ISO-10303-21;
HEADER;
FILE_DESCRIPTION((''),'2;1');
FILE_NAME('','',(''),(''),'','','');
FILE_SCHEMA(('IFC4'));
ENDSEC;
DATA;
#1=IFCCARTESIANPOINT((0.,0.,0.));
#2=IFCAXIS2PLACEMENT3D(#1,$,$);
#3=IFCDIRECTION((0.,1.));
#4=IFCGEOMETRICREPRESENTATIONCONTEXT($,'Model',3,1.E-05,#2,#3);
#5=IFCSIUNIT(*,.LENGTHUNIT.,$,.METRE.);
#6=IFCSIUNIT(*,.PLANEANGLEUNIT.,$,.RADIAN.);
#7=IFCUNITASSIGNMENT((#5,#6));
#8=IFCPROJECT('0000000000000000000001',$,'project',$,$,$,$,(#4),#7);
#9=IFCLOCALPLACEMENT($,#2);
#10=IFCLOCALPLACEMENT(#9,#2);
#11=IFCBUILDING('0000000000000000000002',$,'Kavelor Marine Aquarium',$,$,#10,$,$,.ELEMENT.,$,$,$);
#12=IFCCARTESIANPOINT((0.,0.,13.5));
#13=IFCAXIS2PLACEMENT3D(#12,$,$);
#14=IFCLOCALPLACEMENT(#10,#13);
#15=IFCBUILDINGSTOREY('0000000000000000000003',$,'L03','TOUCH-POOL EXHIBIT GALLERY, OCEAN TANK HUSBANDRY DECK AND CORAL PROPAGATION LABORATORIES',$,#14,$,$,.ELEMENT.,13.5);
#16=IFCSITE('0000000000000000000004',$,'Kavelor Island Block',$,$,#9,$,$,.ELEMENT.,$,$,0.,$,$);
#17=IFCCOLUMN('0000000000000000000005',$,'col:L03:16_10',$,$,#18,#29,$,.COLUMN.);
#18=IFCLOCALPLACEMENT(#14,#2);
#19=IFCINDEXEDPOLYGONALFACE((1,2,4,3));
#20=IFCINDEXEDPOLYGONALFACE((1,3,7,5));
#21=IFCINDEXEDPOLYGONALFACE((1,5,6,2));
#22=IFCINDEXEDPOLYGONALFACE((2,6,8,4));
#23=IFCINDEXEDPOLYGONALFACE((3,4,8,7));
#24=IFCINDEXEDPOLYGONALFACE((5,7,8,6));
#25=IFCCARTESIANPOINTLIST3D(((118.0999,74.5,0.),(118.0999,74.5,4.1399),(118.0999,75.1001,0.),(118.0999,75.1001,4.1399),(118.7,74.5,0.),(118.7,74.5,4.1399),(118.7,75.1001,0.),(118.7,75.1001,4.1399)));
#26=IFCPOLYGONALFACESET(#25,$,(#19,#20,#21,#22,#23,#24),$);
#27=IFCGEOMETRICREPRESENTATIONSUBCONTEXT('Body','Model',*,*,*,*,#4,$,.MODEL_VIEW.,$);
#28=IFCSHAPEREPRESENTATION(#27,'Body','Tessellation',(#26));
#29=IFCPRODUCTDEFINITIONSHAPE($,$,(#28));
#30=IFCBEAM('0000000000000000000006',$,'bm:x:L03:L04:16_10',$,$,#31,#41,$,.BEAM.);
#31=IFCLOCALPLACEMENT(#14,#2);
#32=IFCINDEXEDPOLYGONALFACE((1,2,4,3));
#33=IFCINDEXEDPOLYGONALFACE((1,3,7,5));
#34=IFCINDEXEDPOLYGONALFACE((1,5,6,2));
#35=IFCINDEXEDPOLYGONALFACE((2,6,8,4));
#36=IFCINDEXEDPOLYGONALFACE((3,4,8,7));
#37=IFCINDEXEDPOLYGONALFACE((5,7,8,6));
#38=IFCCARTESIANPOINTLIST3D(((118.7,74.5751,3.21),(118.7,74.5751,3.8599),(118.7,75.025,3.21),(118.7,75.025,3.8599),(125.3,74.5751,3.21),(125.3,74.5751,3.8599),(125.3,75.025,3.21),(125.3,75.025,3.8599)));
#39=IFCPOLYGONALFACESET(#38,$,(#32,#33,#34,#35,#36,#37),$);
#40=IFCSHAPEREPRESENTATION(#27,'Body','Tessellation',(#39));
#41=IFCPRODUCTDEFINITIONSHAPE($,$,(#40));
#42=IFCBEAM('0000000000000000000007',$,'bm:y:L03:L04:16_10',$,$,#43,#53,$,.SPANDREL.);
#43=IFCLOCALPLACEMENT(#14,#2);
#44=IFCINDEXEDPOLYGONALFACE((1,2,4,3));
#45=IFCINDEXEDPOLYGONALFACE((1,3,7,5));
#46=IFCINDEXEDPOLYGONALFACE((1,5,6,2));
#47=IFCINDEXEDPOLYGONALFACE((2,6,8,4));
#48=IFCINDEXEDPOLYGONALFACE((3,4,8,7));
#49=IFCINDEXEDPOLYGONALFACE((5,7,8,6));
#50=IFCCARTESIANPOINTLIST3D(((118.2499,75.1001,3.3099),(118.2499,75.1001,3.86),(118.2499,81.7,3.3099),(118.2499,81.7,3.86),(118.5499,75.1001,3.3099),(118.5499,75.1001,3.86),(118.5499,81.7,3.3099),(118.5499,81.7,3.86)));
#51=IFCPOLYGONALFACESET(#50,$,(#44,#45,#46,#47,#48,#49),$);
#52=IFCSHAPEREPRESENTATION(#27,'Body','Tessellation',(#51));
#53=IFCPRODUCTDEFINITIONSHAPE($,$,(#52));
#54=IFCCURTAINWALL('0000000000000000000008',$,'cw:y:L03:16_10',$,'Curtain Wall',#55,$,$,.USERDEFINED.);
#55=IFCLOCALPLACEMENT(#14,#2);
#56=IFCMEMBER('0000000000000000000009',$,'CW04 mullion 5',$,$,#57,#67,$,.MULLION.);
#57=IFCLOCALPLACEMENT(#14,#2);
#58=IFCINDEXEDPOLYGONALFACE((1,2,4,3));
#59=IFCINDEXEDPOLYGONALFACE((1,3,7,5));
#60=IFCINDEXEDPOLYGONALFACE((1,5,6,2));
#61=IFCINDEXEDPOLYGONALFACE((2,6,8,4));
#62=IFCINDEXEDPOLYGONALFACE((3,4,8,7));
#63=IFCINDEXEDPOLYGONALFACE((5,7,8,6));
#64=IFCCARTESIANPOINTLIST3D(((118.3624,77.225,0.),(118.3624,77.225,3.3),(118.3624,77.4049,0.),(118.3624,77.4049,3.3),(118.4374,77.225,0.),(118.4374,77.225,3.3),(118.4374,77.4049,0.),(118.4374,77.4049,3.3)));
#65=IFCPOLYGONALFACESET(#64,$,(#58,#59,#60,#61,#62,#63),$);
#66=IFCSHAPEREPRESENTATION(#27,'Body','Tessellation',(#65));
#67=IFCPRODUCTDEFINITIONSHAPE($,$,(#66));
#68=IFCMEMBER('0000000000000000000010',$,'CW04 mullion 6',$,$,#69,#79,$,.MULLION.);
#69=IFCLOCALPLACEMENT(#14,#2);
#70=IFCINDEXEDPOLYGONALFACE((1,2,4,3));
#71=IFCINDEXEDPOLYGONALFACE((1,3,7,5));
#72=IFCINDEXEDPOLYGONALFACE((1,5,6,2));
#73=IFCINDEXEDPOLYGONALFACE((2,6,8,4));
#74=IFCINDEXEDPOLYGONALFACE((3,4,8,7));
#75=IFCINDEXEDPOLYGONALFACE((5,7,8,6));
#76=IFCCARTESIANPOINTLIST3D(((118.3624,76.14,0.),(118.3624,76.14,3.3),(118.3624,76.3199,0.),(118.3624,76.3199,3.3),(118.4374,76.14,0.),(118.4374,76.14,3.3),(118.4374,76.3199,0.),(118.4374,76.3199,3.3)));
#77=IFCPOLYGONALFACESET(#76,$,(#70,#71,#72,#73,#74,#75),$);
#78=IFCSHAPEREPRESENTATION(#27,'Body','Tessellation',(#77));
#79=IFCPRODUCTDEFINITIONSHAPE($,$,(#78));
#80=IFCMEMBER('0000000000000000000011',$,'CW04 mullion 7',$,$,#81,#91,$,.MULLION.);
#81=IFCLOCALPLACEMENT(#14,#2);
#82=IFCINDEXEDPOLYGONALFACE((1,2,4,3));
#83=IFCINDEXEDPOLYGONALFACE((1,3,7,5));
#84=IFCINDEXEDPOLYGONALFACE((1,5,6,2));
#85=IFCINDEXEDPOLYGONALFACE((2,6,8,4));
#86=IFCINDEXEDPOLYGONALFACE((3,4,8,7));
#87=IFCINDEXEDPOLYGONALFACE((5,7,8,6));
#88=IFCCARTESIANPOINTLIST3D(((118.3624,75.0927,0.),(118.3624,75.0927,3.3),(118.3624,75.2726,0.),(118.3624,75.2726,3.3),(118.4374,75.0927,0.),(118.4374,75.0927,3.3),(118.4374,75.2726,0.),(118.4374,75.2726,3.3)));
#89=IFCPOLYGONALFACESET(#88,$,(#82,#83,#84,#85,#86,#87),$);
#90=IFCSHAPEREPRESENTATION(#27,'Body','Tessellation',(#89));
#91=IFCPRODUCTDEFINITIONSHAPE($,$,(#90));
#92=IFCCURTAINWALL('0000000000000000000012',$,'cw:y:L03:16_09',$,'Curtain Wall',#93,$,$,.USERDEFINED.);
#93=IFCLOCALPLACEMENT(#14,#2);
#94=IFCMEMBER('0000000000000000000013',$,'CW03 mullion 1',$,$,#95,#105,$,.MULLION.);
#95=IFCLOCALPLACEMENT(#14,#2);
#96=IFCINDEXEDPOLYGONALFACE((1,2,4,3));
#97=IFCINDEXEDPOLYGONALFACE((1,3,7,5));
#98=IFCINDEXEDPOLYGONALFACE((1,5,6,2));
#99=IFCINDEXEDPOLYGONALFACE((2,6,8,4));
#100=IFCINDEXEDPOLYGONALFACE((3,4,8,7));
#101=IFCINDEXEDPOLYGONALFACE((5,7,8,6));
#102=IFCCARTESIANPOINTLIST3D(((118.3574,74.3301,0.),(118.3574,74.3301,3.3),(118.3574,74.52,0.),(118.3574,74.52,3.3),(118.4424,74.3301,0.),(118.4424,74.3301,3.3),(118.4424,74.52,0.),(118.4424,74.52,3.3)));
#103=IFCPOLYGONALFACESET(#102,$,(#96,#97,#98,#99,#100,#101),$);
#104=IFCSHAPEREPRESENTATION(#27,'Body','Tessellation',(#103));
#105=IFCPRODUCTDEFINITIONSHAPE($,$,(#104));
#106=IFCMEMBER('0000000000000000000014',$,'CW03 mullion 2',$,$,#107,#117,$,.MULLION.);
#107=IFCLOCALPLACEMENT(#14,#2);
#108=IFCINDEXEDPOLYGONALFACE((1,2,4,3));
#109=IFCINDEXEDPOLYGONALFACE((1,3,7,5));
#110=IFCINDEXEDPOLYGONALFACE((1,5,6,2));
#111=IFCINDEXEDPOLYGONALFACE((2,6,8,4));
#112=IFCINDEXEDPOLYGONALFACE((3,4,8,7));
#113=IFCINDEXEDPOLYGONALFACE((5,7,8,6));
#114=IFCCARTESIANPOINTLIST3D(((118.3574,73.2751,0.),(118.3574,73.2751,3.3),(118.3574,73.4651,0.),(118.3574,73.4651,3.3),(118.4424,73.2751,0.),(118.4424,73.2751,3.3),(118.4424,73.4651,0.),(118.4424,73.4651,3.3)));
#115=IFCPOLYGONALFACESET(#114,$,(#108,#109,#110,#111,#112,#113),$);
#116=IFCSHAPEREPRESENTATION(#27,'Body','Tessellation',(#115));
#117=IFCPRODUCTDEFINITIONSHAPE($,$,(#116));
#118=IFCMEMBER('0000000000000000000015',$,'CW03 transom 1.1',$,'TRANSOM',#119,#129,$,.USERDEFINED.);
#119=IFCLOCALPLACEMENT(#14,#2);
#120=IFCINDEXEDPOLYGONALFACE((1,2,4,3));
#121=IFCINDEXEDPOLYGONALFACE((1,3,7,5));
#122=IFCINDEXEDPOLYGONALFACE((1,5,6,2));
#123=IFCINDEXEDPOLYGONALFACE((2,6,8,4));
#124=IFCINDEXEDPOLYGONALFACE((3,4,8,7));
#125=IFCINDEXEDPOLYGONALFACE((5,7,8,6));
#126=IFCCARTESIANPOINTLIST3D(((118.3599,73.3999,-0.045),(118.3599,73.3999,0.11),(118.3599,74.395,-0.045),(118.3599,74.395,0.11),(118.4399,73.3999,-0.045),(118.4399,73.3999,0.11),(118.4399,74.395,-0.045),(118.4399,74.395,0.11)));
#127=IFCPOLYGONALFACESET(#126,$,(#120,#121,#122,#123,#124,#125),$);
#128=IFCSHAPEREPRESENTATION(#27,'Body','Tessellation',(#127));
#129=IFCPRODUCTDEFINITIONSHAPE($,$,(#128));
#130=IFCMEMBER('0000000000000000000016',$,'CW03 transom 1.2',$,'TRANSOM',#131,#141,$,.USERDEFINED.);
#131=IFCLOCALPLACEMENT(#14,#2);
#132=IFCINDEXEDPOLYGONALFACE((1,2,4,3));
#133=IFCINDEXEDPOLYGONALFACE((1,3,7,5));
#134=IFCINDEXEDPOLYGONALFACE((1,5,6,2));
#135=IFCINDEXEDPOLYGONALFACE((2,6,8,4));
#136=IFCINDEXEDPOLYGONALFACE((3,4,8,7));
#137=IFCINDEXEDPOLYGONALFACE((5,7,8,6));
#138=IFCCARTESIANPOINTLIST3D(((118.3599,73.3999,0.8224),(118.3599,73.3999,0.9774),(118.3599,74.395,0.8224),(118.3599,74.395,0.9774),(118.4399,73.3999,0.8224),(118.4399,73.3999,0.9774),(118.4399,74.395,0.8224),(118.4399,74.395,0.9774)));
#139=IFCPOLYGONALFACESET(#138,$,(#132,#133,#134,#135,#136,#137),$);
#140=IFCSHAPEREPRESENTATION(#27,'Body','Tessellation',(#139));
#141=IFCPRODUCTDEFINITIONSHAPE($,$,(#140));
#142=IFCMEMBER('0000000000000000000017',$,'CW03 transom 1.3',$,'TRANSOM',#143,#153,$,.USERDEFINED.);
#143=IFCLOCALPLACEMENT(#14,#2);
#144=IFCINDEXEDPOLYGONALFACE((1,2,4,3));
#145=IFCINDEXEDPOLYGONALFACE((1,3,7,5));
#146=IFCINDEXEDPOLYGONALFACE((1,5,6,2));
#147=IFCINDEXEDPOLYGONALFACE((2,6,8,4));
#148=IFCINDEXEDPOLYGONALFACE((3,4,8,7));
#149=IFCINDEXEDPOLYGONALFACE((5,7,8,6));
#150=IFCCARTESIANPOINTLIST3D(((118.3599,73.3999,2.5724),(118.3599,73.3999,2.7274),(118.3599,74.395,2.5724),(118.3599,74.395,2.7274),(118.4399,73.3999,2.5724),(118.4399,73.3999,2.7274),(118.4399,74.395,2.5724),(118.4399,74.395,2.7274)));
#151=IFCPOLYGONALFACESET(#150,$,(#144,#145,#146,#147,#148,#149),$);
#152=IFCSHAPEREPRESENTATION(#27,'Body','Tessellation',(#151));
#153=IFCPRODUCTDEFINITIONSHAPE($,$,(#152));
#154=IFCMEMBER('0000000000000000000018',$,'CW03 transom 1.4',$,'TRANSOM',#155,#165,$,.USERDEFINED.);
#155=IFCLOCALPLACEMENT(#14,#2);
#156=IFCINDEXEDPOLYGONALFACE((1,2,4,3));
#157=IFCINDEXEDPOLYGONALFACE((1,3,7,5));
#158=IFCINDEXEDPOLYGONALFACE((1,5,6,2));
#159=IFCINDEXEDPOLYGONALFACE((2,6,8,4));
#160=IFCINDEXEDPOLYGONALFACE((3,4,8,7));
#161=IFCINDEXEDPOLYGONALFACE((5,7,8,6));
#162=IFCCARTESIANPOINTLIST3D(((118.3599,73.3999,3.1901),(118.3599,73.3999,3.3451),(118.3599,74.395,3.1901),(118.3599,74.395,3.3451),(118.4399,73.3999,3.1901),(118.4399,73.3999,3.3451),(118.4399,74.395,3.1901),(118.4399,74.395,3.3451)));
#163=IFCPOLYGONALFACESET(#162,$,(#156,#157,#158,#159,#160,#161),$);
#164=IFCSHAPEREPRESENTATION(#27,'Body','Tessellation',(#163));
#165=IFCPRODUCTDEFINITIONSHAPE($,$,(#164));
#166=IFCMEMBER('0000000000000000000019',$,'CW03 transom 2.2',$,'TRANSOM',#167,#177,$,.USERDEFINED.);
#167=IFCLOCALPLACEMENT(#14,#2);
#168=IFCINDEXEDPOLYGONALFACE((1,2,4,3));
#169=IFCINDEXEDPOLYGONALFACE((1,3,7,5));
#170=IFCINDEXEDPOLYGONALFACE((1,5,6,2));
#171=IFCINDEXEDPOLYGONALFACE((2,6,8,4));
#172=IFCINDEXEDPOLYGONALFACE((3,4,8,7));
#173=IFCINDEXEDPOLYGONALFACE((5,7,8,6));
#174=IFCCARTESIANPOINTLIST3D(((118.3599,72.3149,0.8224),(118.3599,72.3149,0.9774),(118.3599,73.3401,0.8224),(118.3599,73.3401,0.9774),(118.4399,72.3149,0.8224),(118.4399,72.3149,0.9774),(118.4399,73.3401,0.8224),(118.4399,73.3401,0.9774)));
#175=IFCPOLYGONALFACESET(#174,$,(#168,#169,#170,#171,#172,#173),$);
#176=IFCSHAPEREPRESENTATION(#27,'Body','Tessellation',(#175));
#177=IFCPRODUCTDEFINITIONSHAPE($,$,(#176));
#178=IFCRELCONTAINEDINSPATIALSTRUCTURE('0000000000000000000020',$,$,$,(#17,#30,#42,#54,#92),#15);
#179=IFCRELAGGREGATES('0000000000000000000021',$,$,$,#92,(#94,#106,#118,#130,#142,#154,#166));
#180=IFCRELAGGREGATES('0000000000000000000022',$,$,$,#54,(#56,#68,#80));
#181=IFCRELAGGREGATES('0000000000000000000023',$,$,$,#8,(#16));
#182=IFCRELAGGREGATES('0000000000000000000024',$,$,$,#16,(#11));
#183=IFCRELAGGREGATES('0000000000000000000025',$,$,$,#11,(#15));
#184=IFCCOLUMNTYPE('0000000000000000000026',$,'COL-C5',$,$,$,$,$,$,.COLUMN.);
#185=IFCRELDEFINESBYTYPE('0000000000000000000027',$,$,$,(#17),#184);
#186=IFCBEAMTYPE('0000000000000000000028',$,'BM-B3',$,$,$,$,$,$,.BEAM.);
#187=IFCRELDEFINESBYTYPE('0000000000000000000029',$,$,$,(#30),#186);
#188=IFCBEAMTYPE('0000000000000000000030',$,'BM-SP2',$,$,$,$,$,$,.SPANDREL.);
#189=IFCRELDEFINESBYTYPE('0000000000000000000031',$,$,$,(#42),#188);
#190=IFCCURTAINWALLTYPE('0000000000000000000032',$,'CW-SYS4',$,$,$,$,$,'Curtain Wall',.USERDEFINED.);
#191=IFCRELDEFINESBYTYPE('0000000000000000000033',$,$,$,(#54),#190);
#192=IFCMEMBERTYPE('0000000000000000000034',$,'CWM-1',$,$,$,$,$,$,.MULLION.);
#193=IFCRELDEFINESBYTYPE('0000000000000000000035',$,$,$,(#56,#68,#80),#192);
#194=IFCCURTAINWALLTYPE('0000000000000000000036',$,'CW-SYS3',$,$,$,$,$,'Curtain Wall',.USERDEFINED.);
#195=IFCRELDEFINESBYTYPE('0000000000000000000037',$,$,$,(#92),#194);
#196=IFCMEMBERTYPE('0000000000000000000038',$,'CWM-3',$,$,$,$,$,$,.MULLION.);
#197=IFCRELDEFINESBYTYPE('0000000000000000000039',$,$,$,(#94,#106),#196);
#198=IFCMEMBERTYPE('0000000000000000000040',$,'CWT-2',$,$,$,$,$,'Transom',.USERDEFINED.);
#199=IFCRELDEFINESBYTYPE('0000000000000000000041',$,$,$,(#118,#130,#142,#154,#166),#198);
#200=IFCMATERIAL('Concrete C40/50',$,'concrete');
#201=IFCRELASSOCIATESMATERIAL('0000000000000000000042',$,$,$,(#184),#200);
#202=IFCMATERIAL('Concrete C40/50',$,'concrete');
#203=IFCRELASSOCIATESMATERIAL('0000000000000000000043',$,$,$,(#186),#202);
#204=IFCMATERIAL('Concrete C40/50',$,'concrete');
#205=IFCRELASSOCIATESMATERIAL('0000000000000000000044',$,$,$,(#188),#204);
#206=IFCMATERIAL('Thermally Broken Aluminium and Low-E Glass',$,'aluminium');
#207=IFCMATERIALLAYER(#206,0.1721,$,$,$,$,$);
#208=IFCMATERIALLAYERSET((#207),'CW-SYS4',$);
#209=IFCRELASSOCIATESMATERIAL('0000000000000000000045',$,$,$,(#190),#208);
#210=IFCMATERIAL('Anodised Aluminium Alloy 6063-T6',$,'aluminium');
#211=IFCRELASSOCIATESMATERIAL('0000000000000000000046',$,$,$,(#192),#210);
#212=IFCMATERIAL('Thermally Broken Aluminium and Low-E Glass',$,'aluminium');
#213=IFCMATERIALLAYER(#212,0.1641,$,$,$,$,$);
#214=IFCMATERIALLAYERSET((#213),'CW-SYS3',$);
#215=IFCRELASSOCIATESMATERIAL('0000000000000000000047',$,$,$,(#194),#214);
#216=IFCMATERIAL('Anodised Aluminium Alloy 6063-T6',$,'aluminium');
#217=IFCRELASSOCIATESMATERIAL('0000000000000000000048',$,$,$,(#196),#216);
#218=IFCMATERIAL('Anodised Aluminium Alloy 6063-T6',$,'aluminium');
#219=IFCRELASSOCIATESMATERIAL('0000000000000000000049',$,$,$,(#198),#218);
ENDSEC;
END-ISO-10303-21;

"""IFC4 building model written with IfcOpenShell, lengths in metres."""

from ifc_helpers import new_model, si_unit, direction, frame, origin, origin_2d, place, context, subcontext, project, spatial, rectangle, extrude, material, layer, layer_set, material_profile, profile_set, type_object, element, aggregate, save


model = new_model("IFC4")

# Units and contexts
model_context = context("Model", 3, precision=1e-05, world=origin(), true_north=direction((0.0, 1.0)))
body_context = subcontext(model_context, "Body", "Model", "MODEL_VIEW")
ifc_project = project(units=[si_unit("LENGTHUNIT", "METRE"), si_unit("PLANEANGLEUNIT", "RADIAN")], contexts=[model_context])

# Site, building, storey
site_placement = place(None, origin())
site = spatial("IfcSite", under=ifc_project, at=site_placement, Name="Kavelor Island Block", CompositionType="ELEMENT", RefElevation=0.0)
building_placement = place(site_placement, origin())
building = spatial("IfcBuilding", under=site, at=building_placement, Name="Kavelor Marine Aquarium", CompositionType="ELEMENT")
storey_placement = place(building_placement, frame((0.0, 0.0, 13.5)))
storey = spatial("IfcBuildingStorey", under=building, at=storey_placement, Name="L03", Description="TOUCH-POOL EXHIBIT GALLERY, OCEAN TANK HUSBANDRY DECK AND CORAL PROPAGATION LABORATORIES", CompositionType="ELEMENT", Elevation=13.5)

# Column
ifc_material_1 = material(Name="Concrete C40/50", Category="concrete")
ifc_material_profile_1 = material_profile(ifc_material_1, rectangle(XDim=0.6001, YDim=0.6001, at=origin_2d()), Name="RC-COL 600x600")
ifc_profile_set_1 = profile_set([ifc_material_profile_1], Name="Concrete C40/50")
column_type = type_object("IfcColumnType", Name="COL-C5", PredefinedType="COLUMN", material=ifc_profile_set_1)
column_placement = place(storey_placement, frame((118.3999, 74.8, 0.0), z_axis=(0.0, 0.0, 1.0), x_axis=(1.0, 0.0, 0.0)))
element("IfcColumn", 1, at=column_placement, inside=storey, type_object=column_type, Name="col:L03:16_10", PredefinedType="COLUMN", context=body_context, shape_type="SweptSolid", body=[
    extrude(rectangle(XDim=0.6001, YDim=0.6001, at=origin_2d()), origin(), (0.0, 0.0, 1.0), 4.1399),
])

# Beams
ifc_material_2 = material(Name="Concrete C40/50", Category="concrete")
ifc_material_profile_2 = material_profile(ifc_material_2, rectangle(XDim=0.45, YDim=0.6499, at=origin_2d()), Name="RC-BM 450x650")
ifc_profile_set_2 = profile_set([ifc_material_profile_2], Name="Concrete C40/50")
beam_type_1 = type_object("IfcBeamType", Name="BM-B3", PredefinedType="BEAM", material=ifc_profile_set_2)
beam_1_placement = place(storey_placement, frame((118.7, 74.8, 3.5349), z_axis=(1.0, 0.0, 0.0), x_axis=(0.0, 1.0, 0.0)))
element("IfcBeam", 2, at=beam_1_placement, inside=storey, type_object=beam_type_1, Name="bm:x:L03:L04:16_10", PredefinedType="BEAM", context=body_context, shape_type="SweptSolid", body=[
    extrude(rectangle(XDim=0.45, YDim=0.6499, at=origin_2d()), origin(), (0.0, 0.0, 1.0), 6.6001),
])
ifc_material_3 = material(Name="Concrete C40/50", Category="concrete")
ifc_material_profile_3 = material_profile(ifc_material_3, rectangle(XDim=0.3, YDim=0.55, at=origin_2d()), Name="RC-SP 300x550")
ifc_profile_set_3 = profile_set([ifc_material_profile_3], Name="Concrete C40/50")
beam_type_2 = type_object("IfcBeamType", Name="BM-SP2", PredefinedType="SPANDREL", material=ifc_profile_set_3)
beam_2_placement = place(storey_placement, frame((118.3999, 75.1001, 3.585), z_axis=(0.0, 1.0, 0.0), x_axis=(-1.0, 0.0, 0.0)))
element("IfcBeam", 3, at=beam_2_placement, inside=storey, type_object=beam_type_2, Name="bm:y:L03:L04:16_10", PredefinedType="SPANDREL", context=body_context, shape_type="SweptSolid", body=[
    extrude(rectangle(XDim=0.3, YDim=0.55, at=origin_2d()), origin(), (0.0, 0.0, 1.0), 6.5999),
])

# Curtain walls, members
ifc_material_4 = material(Name="Thermally Broken Aluminium and Low-E Glass", Category="aluminium")
ifc_layer_1 = layer(ifc_material_4, 0.1721)
ifc_layer_set_1 = layer_set([ifc_layer_1], Name="CW-SYS4")
curtain_wall_type_1 = type_object("IfcCurtainWallType", Name="CW-SYS4", ElementType="Curtain Wall", PredefinedType="USERDEFINED", material=ifc_layer_set_1)
curtain_wall_1_placement = place(storey_placement, origin())
curtain_wall_1 = element("IfcCurtainWall", 4, at=curtain_wall_1_placement, inside=storey, type_object=curtain_wall_type_1, Name="cw:y:L03:16_10", ObjectType="Curtain Wall", PredefinedType="USERDEFINED")
ifc_material_5 = material(Name="Anodised Aluminium Alloy 6063-T6", Category="aluminium")
ifc_material_profile_4 = material_profile(ifc_material_5, rectangle(XDim=0.075, YDim=0.1799, at=origin_2d()), Name="CW-MUL 75x180")
ifc_profile_set_4 = profile_set([ifc_material_profile_4], Name="Anodised Aluminium Alloy 6063-T6")
member_type_1 = type_object("IfcMemberType", Name="CWM-1", PredefinedType="MULLION", material=ifc_profile_set_4)
member_1_placement = place(storey_placement, frame((118.3999, 77.3149, 0.0), z_axis=(0.0, 0.0, 1.0), x_axis=(1.0, 0.0, 0.0)))
member_1 = element("IfcMember", 5, at=member_1_placement, type_object=member_type_1, Name="CW04 mullion 5", PredefinedType="MULLION", context=body_context, shape_type="SweptSolid", body=[
    extrude(rectangle(XDim=0.075, YDim=0.1799, at=origin_2d()), origin(), (0.0, 0.0, 1.0), 3.3),
])
member_2_placement = place(storey_placement, frame((118.3999, 76.23, 0.0), z_axis=(0.0, 0.0, 1.0), x_axis=(1.0, 0.0, 0.0)))
member_2 = element("IfcMember", 6, at=member_2_placement, type_object=member_type_1, Name="CW04 mullion 6", PredefinedType="MULLION", context=body_context, shape_type="SweptSolid", body=[
    extrude(rectangle(XDim=0.075, YDim=0.1799, at=origin_2d()), origin(), (0.0, 0.0, 1.0), 3.3),
])
member_3_placement = place(storey_placement, frame((118.3999, 75.1826, 0.0), z_axis=(0.0, 0.0, 1.0), x_axis=(1.0, 0.0, 0.0)))
member_3 = element("IfcMember", 7, at=member_3_placement, type_object=member_type_1, Name="CW04 mullion 7", PredefinedType="MULLION", context=body_context, shape_type="SweptSolid", body=[
    extrude(rectangle(XDim=0.075, YDim=0.1799, at=origin_2d()), origin(), (0.0, 0.0, 1.0), 3.3),
])
ifc_material_6 = material(Name="Thermally Broken Aluminium and Low-E Glass", Category="aluminium")
ifc_layer_2 = layer(ifc_material_6, 0.1641)
ifc_layer_set_2 = layer_set([ifc_layer_2], Name="CW-SYS3")
curtain_wall_type_2 = type_object("IfcCurtainWallType", Name="CW-SYS3", ElementType="Curtain Wall", PredefinedType="USERDEFINED", material=ifc_layer_set_2)
curtain_wall_2_placement = place(storey_placement, origin())
curtain_wall_2 = element("IfcCurtainWall", 8, at=curtain_wall_2_placement, inside=storey, type_object=curtain_wall_type_2, Name="cw:y:L03:16_09", ObjectType="Curtain Wall", PredefinedType="USERDEFINED")
ifc_material_7 = material(Name="Anodised Aluminium Alloy 6063-T6", Category="aluminium")
ifc_material_profile_5 = material_profile(ifc_material_7, rectangle(XDim=0.085, YDim=0.1899, at=origin_2d()), Name="CW-MUL 85x190")
ifc_profile_set_5 = profile_set([ifc_material_profile_5], Name="Anodised Aluminium Alloy 6063-T6")
member_type_2 = type_object("IfcMemberType", Name="CWM-3", PredefinedType="MULLION", material=ifc_profile_set_5)
member_4_placement = place(storey_placement, frame((118.3999, 74.425, 0.0), z_axis=(0.0, 0.0, 1.0), x_axis=(1.0, 0.0, 0.0)))
member_4 = element("IfcMember", 9, at=member_4_placement, type_object=member_type_2, Name="CW03 mullion 1", PredefinedType="MULLION", context=body_context, shape_type="SweptSolid", body=[
    extrude(rectangle(XDim=0.085, YDim=0.1899, at=origin_2d()), origin(), (0.0, 0.0, 1.0), 3.3),
])
member_5_placement = place(storey_placement, frame((118.3999, 73.3701, 0.0), z_axis=(0.0, 0.0, 1.0), x_axis=(1.0, 0.0, 0.0)))
member_5 = element("IfcMember", 10, at=member_5_placement, type_object=member_type_2, Name="CW03 mullion 2", PredefinedType="MULLION", context=body_context, shape_type="SweptSolid", body=[
    extrude(rectangle(XDim=0.085, YDim=0.1899, at=origin_2d()), origin(), (0.0, 0.0, 1.0), 3.3),
])
ifc_material_8 = material(Name="Anodised Aluminium Alloy 6063-T6", Category="aluminium")
ifc_material_profile_6 = material_profile(ifc_material_8, rectangle(XDim=0.0801, YDim=0.155, at=origin_2d()), Name="CW-TRN 80x155")
ifc_profile_set_6 = profile_set([ifc_material_profile_6], Name="Anodised Aluminium Alloy 6063-T6")
member_type_3 = type_object("IfcMemberType", Name="CWT-2", ElementType="Transom", PredefinedType="USERDEFINED", material=ifc_profile_set_6)
member_6_placement = place(storey_placement, frame((118.3999, 74.395, 0.0325), z_axis=(0.0, -1.0, 0.0), x_axis=(1.0, 0.0, 0.0)))
member_6 = element("IfcMember", 11, at=member_6_placement, type_object=member_type_3, Name="CW03 transom 1.1", ObjectType="TRANSOM", PredefinedType="USERDEFINED", context=body_context, shape_type="SweptSolid", body=[
    extrude(rectangle(XDim=0.0801, YDim=0.155, at=origin_2d()), origin(), (0.0, 0.0, 1.0), 0.9951),
])
member_7_placement = place(storey_placement, frame((118.3999, 74.395, 0.8999), z_axis=(0.0, -1.0, 0.0), x_axis=(1.0, 0.0, 0.0)))
member_7 = element("IfcMember", 12, at=member_7_placement, type_object=member_type_3, Name="CW03 transom 1.2", ObjectType="TRANSOM", PredefinedType="USERDEFINED", context=body_context, shape_type="SweptSolid", body=[
    extrude(rectangle(XDim=0.0801, YDim=0.155, at=origin_2d()), origin(), (0.0, 0.0, 1.0), 0.9951),
])
member_8_placement = place(storey_placement, frame((118.3999, 74.395, 2.6499), z_axis=(0.0, -1.0, 0.0), x_axis=(1.0, 0.0, 0.0)))
member_8 = element("IfcMember", 13, at=member_8_placement, type_object=member_type_3, Name="CW03 transom 1.3", ObjectType="TRANSOM", PredefinedType="USERDEFINED", context=body_context, shape_type="SweptSolid", body=[
    extrude(rectangle(XDim=0.0801, YDim=0.155, at=origin_2d()), origin(), (0.0, 0.0, 1.0), 0.9951),
])
member_9_placement = place(storey_placement, frame((118.3999, 74.395, 3.2676), z_axis=(0.0, -1.0, 0.0), x_axis=(1.0, 0.0, 0.0)))
member_9 = element("IfcMember", 14, at=member_9_placement, type_object=member_type_3, Name="CW03 transom 1.4", ObjectType="TRANSOM", PredefinedType="USERDEFINED", context=body_context, shape_type="SweptSolid", body=[
    extrude(rectangle(XDim=0.0801, YDim=0.155, at=origin_2d()), origin(), (0.0, 0.0, 1.0), 0.9951),
])
member_10_placement = place(storey_placement, frame((118.3999, 73.3401, 0.8999), z_axis=(0.0, -1.0, 0.0), x_axis=(1.0, 0.0, 0.0)))
member_10 = element("IfcMember", 15, at=member_10_placement, type_object=member_type_3, Name="CW03 transom 2.2", ObjectType="TRANSOM", PredefinedType="USERDEFINED", context=body_context, shape_type="SweptSolid", body=[
    extrude(rectangle(XDim=0.0801, YDim=0.155, at=origin_2d()), origin(), (0.0, 0.0, 1.0), 1.0251),
])

aggregate(curtain_wall_2, [member_4, member_5, member_6, member_7, member_8, member_9, member_10])
aggregate(curtain_wall_1, [member_1, member_2, member_3])

save(model, "model.ifc")
